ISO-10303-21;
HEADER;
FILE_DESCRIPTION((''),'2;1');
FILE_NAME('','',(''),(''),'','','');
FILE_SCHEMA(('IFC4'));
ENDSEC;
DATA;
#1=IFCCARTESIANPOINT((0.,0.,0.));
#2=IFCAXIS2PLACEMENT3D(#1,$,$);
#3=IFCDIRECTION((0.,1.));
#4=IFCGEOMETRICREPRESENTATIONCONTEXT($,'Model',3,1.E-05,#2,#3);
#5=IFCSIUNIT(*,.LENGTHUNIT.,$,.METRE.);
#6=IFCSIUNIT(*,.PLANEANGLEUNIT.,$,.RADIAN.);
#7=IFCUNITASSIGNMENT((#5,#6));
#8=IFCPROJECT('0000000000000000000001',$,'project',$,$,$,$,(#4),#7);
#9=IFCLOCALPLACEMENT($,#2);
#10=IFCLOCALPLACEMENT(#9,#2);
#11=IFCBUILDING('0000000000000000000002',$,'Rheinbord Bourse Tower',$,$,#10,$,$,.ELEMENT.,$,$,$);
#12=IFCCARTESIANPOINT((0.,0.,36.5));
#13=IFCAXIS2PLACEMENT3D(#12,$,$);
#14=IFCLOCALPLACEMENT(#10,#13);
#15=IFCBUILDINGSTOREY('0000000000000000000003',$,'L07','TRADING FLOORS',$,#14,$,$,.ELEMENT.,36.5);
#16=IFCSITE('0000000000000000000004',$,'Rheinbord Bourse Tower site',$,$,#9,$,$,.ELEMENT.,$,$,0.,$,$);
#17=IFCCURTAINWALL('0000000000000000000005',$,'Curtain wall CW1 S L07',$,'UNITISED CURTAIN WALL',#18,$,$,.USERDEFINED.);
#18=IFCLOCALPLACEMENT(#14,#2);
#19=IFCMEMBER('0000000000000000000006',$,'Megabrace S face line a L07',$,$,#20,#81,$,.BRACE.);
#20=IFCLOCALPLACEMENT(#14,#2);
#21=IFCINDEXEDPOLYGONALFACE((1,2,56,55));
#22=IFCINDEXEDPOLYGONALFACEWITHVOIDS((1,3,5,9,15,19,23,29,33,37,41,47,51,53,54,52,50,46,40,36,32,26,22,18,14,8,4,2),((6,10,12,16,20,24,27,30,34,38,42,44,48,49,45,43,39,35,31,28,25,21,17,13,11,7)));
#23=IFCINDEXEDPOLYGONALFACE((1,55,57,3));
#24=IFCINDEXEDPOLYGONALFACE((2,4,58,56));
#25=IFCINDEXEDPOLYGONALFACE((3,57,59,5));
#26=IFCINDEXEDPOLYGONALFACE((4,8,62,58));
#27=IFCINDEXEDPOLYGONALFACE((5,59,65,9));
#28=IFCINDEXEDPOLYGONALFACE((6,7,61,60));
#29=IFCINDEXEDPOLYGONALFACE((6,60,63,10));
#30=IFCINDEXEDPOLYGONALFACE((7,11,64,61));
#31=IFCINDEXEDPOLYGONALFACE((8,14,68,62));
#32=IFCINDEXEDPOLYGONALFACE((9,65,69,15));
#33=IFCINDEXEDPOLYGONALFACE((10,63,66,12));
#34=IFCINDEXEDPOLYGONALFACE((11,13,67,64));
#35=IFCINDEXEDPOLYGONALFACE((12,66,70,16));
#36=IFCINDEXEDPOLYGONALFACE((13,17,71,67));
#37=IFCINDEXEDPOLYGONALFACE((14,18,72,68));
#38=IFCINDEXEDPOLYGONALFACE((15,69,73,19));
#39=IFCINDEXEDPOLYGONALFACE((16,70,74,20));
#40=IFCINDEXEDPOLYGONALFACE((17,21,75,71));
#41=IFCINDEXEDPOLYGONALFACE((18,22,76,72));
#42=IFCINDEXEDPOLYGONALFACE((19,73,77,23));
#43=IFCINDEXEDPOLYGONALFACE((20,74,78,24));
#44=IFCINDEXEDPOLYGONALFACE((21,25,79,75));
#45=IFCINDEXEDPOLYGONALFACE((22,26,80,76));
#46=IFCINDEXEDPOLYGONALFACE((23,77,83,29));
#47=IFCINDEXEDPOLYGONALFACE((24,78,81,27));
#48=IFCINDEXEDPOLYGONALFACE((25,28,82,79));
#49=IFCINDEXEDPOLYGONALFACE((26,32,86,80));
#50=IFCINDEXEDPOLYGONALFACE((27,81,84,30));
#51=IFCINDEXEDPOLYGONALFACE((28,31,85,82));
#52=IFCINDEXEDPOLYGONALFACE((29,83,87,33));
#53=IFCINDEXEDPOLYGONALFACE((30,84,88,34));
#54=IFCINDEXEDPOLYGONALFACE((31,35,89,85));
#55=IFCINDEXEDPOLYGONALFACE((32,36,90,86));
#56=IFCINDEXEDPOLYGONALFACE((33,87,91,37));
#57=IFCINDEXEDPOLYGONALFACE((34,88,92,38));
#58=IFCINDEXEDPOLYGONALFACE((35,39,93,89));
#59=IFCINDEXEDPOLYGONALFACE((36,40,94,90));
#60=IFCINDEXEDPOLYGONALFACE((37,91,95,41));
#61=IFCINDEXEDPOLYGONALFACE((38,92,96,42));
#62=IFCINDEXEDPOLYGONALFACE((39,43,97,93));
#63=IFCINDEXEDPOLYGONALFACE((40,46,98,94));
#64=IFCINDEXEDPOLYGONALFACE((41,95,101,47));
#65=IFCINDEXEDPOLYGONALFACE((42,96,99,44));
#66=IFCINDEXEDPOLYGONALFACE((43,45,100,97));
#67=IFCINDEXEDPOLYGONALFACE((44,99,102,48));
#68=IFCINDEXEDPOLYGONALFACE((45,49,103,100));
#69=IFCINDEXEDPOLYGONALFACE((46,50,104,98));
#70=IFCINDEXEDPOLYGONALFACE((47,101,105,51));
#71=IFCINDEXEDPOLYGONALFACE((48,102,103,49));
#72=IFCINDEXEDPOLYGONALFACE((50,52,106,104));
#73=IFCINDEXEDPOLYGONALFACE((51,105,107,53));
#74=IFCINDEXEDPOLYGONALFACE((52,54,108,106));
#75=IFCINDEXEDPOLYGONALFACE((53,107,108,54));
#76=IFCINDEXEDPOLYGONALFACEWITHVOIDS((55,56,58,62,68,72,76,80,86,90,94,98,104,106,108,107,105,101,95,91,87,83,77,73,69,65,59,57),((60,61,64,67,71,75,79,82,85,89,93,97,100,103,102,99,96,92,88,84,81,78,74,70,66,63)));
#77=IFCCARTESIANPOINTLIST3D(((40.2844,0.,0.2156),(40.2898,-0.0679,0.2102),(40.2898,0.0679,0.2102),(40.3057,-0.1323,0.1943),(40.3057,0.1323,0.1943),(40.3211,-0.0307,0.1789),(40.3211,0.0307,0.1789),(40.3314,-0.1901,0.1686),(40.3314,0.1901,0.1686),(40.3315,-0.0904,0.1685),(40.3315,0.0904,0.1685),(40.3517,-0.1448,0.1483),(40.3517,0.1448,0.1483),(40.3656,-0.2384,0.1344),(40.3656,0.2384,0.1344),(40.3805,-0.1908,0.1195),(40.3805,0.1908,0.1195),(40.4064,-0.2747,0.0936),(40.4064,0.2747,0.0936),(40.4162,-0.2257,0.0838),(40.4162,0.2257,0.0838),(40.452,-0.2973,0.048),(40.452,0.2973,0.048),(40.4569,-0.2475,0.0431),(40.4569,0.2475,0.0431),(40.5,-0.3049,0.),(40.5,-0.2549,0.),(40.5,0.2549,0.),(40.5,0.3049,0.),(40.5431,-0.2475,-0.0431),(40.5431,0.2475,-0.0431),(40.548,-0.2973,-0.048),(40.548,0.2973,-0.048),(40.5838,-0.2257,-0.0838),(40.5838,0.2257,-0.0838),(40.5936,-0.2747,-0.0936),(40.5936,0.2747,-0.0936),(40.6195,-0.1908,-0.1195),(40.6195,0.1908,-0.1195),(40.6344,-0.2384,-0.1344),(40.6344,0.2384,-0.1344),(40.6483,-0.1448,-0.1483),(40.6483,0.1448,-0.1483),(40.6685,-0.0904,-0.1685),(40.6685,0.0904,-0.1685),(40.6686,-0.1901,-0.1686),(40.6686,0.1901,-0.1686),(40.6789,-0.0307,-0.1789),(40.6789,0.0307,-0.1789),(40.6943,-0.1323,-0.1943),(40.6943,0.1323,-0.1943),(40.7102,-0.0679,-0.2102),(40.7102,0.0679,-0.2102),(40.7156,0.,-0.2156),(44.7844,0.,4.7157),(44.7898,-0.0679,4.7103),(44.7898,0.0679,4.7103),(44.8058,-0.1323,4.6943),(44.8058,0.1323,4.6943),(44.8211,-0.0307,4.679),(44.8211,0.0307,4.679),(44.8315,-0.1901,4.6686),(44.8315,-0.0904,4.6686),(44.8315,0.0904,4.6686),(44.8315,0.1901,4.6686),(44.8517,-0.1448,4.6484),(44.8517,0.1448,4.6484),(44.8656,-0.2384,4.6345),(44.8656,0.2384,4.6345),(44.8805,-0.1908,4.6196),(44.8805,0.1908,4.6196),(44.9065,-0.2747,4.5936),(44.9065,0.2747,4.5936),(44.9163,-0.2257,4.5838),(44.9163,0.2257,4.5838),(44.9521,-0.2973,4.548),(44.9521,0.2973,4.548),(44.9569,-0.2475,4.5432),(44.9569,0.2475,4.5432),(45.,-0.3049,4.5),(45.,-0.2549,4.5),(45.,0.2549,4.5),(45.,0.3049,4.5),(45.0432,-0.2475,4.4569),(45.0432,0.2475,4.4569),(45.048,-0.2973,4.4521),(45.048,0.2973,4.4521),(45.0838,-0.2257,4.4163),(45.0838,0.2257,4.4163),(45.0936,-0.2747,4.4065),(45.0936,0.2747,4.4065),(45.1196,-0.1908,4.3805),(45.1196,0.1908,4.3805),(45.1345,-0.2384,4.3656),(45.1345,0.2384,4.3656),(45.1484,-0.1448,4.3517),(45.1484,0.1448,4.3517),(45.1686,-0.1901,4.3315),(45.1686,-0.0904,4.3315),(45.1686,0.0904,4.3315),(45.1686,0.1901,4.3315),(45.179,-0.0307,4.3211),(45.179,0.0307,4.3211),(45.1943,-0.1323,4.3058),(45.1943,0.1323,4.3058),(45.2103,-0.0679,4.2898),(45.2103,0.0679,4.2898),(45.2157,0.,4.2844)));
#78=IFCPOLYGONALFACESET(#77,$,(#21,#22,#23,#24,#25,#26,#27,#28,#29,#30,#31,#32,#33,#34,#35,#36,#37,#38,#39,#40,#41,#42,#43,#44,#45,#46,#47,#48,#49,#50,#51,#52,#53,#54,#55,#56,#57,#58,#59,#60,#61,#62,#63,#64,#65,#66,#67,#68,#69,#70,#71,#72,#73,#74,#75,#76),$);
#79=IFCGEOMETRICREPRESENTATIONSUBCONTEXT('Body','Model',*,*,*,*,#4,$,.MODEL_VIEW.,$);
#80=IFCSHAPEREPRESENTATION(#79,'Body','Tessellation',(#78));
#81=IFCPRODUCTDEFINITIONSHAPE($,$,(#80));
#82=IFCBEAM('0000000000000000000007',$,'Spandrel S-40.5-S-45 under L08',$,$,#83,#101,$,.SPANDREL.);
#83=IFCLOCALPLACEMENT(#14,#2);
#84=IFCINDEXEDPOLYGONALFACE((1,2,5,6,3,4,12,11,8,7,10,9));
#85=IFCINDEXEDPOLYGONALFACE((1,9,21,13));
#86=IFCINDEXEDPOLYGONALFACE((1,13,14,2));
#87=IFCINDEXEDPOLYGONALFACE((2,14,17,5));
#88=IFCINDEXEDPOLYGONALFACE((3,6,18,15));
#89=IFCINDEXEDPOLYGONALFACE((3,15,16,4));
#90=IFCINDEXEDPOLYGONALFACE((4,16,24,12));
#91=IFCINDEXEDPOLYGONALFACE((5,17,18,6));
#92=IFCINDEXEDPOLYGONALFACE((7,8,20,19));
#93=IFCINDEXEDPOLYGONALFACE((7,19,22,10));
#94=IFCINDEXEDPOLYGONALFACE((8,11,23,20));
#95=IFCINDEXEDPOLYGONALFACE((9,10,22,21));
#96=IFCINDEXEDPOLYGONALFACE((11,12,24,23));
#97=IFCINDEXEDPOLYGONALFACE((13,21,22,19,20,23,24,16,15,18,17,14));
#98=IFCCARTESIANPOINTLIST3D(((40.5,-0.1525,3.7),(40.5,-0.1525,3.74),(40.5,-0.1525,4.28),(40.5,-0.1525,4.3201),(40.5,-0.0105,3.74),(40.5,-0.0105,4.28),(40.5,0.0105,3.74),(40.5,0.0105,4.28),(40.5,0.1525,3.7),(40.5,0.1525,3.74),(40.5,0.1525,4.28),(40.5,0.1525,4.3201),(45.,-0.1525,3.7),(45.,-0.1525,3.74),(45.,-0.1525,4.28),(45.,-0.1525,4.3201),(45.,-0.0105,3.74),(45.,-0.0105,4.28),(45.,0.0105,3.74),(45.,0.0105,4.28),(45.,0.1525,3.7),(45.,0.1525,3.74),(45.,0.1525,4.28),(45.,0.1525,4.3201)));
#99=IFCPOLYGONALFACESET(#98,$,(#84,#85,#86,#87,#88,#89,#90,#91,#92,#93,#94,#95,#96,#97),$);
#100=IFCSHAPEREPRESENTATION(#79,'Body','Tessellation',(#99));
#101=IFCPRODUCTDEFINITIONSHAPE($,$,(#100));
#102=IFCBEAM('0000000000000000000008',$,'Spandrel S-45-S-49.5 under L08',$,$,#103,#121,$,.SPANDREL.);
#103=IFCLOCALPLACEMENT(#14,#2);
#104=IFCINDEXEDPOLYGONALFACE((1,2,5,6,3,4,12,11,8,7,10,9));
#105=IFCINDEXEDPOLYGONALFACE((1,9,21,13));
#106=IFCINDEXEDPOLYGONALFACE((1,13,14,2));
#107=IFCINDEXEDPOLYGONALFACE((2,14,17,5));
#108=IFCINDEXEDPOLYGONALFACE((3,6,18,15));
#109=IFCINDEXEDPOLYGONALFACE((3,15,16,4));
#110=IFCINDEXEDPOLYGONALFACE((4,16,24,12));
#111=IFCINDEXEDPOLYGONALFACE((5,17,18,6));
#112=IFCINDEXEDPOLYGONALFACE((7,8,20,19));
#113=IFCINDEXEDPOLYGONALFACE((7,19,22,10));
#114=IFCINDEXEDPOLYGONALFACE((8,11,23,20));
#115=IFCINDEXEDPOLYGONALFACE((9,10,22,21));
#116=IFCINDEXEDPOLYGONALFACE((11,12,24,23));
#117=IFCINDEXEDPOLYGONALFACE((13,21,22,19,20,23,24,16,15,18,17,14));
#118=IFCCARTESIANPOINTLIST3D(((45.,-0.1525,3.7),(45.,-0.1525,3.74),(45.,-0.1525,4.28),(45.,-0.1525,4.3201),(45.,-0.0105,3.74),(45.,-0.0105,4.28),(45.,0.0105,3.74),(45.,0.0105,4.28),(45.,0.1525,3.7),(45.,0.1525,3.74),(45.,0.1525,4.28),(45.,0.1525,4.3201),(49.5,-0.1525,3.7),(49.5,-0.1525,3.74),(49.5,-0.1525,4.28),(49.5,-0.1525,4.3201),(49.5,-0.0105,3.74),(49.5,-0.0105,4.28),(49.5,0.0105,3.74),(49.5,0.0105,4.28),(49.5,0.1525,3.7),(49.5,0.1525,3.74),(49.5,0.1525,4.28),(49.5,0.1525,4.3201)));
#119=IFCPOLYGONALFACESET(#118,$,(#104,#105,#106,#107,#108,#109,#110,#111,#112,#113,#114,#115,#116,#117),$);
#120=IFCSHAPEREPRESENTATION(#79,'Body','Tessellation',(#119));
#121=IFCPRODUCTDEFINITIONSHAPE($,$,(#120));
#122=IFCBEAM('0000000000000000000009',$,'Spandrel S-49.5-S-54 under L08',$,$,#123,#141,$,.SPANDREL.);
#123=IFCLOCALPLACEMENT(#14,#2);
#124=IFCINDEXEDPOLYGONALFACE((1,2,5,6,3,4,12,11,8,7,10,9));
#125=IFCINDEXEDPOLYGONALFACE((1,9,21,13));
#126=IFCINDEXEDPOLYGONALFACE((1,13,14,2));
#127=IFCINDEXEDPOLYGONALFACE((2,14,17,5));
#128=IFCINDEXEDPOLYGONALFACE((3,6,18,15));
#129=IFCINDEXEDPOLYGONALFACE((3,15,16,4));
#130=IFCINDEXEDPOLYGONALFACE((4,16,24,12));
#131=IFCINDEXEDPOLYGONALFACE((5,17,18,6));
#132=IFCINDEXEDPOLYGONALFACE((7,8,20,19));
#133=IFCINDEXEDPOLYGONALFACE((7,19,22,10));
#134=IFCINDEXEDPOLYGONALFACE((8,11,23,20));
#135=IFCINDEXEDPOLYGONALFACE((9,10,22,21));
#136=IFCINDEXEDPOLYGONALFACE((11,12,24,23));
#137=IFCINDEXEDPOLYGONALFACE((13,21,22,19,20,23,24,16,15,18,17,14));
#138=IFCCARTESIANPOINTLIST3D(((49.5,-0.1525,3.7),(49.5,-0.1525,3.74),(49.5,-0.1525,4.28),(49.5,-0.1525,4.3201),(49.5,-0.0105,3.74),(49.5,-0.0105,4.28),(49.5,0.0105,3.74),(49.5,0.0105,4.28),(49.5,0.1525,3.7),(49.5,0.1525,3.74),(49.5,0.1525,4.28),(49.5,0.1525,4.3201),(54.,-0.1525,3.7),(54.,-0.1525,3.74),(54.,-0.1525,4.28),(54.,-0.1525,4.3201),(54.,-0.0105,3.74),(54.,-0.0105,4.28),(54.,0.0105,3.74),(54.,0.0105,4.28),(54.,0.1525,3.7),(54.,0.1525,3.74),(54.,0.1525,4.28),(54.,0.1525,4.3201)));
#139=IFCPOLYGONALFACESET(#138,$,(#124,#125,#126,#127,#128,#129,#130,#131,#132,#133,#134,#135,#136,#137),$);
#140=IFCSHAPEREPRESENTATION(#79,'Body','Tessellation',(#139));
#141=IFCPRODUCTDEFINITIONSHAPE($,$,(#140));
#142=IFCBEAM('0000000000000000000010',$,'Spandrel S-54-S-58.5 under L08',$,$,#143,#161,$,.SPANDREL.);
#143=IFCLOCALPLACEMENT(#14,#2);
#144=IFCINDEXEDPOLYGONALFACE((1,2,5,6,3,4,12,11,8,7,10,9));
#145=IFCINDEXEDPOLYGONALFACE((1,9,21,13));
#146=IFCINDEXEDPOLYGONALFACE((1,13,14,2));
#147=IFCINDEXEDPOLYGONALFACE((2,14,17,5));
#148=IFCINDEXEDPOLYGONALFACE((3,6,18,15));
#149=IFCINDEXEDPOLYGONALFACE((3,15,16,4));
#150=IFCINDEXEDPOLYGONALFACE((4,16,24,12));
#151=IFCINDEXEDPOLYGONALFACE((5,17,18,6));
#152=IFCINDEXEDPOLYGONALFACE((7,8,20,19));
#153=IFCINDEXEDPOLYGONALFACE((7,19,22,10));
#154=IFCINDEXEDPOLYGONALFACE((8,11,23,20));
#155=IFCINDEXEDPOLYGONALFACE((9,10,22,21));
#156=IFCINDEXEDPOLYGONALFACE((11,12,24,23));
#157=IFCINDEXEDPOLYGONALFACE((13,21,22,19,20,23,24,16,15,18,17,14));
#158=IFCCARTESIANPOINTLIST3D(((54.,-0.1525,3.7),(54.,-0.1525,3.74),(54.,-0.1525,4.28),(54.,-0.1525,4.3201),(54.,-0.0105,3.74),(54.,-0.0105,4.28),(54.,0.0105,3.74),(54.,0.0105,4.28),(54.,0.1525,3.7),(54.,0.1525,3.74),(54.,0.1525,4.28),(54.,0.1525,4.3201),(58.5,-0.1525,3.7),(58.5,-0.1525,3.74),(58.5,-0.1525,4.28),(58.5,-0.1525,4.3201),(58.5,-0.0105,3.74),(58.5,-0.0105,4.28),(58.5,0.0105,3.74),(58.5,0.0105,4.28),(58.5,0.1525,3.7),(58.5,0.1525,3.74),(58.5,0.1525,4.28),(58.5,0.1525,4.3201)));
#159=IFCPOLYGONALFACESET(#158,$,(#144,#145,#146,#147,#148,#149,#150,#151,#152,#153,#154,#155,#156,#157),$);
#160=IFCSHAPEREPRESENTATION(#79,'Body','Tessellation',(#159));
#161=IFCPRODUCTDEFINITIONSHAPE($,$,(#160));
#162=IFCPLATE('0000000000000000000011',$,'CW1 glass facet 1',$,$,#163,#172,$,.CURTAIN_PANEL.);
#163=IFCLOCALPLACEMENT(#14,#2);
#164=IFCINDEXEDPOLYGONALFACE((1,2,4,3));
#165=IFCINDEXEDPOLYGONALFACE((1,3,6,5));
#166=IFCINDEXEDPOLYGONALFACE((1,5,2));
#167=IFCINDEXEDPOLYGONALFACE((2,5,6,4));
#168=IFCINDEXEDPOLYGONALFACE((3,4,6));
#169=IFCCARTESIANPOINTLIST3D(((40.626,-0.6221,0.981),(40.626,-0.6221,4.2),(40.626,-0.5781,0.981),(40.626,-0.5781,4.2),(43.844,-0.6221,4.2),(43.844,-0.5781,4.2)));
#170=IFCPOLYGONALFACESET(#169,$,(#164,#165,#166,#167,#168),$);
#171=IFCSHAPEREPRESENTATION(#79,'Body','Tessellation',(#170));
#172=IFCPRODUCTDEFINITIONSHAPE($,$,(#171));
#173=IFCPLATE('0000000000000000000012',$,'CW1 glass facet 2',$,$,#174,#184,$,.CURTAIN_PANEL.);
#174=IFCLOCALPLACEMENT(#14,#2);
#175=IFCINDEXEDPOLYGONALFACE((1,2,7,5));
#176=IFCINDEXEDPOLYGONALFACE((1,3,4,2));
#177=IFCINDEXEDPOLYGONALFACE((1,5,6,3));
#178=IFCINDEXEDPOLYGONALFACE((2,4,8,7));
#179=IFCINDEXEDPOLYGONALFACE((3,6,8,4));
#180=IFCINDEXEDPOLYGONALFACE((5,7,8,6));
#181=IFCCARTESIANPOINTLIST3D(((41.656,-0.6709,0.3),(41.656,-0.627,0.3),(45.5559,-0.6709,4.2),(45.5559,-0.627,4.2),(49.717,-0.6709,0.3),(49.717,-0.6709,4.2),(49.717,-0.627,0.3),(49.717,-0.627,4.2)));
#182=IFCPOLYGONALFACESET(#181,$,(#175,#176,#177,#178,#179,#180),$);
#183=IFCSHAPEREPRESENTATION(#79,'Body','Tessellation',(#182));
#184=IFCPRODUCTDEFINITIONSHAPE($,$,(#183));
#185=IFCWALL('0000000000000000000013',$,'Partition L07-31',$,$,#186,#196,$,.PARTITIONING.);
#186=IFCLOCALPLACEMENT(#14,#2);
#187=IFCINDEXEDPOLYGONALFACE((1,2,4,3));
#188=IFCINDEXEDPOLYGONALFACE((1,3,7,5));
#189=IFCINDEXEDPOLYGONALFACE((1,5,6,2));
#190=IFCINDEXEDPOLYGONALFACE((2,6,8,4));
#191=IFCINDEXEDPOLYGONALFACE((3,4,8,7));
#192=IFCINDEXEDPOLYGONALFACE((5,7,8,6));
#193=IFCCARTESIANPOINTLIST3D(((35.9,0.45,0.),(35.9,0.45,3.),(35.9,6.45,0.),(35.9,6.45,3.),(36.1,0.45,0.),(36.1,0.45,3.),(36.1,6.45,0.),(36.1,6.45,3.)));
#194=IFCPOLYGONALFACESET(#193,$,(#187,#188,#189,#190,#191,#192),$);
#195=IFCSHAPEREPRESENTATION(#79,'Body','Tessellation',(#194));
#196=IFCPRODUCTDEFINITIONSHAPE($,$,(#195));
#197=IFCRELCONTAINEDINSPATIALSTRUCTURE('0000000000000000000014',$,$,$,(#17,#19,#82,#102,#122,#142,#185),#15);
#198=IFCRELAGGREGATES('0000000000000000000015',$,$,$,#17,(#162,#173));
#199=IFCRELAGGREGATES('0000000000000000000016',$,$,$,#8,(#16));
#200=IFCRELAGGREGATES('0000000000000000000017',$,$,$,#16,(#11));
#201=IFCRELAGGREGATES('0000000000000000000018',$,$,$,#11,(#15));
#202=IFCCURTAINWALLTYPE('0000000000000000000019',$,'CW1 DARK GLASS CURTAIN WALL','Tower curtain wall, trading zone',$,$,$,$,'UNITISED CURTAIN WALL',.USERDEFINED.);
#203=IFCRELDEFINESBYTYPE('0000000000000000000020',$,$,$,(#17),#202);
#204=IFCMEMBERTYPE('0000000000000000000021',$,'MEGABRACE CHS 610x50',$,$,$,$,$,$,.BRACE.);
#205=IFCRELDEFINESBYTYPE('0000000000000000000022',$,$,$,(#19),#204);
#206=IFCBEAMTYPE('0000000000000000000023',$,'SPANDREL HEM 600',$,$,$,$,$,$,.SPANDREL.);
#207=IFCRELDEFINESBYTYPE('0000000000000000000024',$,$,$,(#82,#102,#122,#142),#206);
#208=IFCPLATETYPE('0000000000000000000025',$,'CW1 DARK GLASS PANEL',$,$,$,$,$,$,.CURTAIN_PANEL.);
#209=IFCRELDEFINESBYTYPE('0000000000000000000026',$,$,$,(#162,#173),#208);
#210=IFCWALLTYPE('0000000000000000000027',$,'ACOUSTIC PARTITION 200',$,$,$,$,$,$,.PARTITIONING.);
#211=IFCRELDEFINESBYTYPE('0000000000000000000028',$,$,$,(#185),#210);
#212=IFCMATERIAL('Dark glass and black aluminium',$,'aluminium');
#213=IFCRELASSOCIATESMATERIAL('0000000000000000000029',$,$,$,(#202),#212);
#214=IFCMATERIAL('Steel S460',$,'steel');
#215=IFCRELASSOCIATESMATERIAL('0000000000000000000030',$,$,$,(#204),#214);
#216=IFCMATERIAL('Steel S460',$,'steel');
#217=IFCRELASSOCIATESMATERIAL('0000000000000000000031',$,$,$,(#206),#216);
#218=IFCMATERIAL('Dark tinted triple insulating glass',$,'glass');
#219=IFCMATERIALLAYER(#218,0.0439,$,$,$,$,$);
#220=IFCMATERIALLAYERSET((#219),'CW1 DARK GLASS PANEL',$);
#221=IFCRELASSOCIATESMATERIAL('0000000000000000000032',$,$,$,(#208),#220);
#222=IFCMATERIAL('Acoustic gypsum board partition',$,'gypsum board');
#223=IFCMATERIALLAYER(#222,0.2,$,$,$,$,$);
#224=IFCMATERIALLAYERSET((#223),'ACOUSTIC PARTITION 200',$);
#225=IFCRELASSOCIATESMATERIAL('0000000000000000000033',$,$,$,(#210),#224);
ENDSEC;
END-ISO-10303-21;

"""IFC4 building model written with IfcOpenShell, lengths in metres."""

from ifc_helpers import new_model, si_unit, direction, frame, frame_2d, origin, origin_2d, place, context, subcontext, project, spatial, polyline, rectangle, hollow_circle, i_section, outline, extrude, material, layer, layer_set, material_profile, profile_set, type_object, element, aggregate, save


model = new_model("IFC4")

# Units and contexts
model_context = context("Model", 3, precision=1e-05, world=origin(), true_north=direction((0.0, 1.0)))
body_context = subcontext(model_context, "Body", "Model", "MODEL_VIEW")
ifc_project = project(units=[si_unit("LENGTHUNIT", "METRE"), si_unit("PLANEANGLEUNIT", "RADIAN")], contexts=[model_context])

# Site, building, storey
site_placement = place(None, origin())
site = spatial("IfcSite", under=ifc_project, at=site_placement, Name="Rheinbord Bourse Tower site", CompositionType="ELEMENT", RefElevation=0.0)
building_placement = place(site_placement, origin())
building = spatial("IfcBuilding", under=site, at=building_placement, Name="Rheinbord Bourse Tower", CompositionType="ELEMENT")
storey_placement = place(building_placement, frame((0.0, 0.0, 36.5)))
storey = spatial("IfcBuildingStorey", under=building, at=storey_placement, Name="L07", Description="TRADING FLOORS", CompositionType="ELEMENT", Elevation=36.5)

# Curtain wall
ifc_material_1 = material(Name="Dark glass and black aluminium", Category="aluminium")
curtain_wall_type = type_object("IfcCurtainWallType", Name="CW1 DARK GLASS CURTAIN WALL", Description="Tower curtain wall, trading zone", ElementType="UNITISED CURTAIN WALL", PredefinedType="USERDEFINED", material=ifc_material_1)
curtain_wall_placement = place(storey_placement, origin())
curtain_wall = element("IfcCurtainWall", 1, at=curtain_wall_placement, inside=storey, type_object=curtain_wall_type, Name="Curtain wall CW1 S L07", ObjectType="UNITISED CURTAIN WALL", PredefinedType="USERDEFINED")

# Member
ifc_material_2 = material(Name="Steel S460", Category="steel")
ifc_material_profile_1 = material_profile(ifc_material_2, hollow_circle(Radius=0.3049, WallThickness=0.05, at=origin_2d()), Name="CHS 610x50")
ifc_profile_set_1 = profile_set([ifc_material_profile_1], Name="Steel S460")
member_type_1 = type_object("IfcMemberType", Name="MEGABRACE CHS 610x50", PredefinedType="BRACE", material=ifc_profile_set_1)
member_1_placement = place(storey_placement, frame((40.5, 0.0, 0.0), z_axis=(0.707107, 0.0, 0.707107), x_axis=(0.0, 1.0, 0.0)))
element("IfcMember", 2, at=member_1_placement, inside=storey, type_object=member_type_1, Name="Megabrace S face line a L07", PredefinedType="BRACE", context=body_context, shape_type="SweptSolid", body=[
    extrude(hollow_circle(Radius=0.3049, WallThickness=0.05, at=origin_2d()), origin(), (0.0, 0.0, 1.0), 6.364),
])

# Beams
ifc_material_3 = material(Name="Steel S460", Category="steel")
ifc_material_profile_2 = material_profile(ifc_material_3, i_section(OverallWidth=0.3049, OverallDepth=0.6201, WebThickness=0.021, FlangeThickness=0.04, at=origin_2d()), Name="HEM 600")
ifc_profile_set_2 = profile_set([ifc_material_profile_2], Name="Steel S460")
beam_type_1 = type_object("IfcBeamType", Name="SPANDREL HEM 600", PredefinedType="SPANDREL", material=ifc_profile_set_2)
for number, where, z_axis, x_axis, name in (
    (3, (40.5, 0.0, 4.01), (1.0, 0.0, 0.0), (0.0, 1.0, 0.0), "Spandrel S-40.5-S-45 under L08"),
    (4, (45.0, 0.0, 4.01), (1.0, 0.0, 0.0), (0.0, 1.0, 0.0), "Spandrel S-45-S-49.5 under L08"),
    (5, (49.5, 0.0, 4.01), (1.0, 0.0, 0.0), (0.0, 1.0, 0.0), "Spandrel S-49.5-S-54 under L08"),
    (6, (54.0, 0.0, 4.01), (1.0, 0.0, 0.0), (0.0, 1.0, 0.0), "Spandrel S-54-S-58.5 under L08"),
):
    element("IfcBeam", number, at=place(storey_placement, frame(where, z_axis=z_axis, x_axis=x_axis)), inside=storey, type_object=beam_type_1, Name=name, PredefinedType="SPANDREL", context=body_context, shape_type="SweptSolid", body=[
        extrude(i_section(OverallWidth=0.3049, OverallDepth=0.6201, WebThickness=0.021, FlangeThickness=0.04, at=origin_2d()), origin(), (0.0, 0.0, 1.0), 4.5),
    ])

# Plates
ifc_material_4 = material(Name="Dark tinted triple insulating glass", Category="glass")
ifc_layer_1 = layer(ifc_material_4, 0.0439)
ifc_layer_set_1 = layer_set([ifc_layer_1], Name="CW1 DARK GLASS PANEL")
plate_type = type_object("IfcPlateType", Name="CW1 DARK GLASS PANEL", PredefinedType="CURTAIN_PANEL", material=ifc_layer_set_1)
plate_1_placement = place(storey_placement, frame((40.626, -0.6221, 4.2), z_axis=(0.0, 1.0, 0.0), x_axis=(1.0, 0.0, 0.0)))
plate_1 = element("IfcPlate", 7, at=plate_1_placement, type_object=plate_type, Name="CW1 glass facet 1", PredefinedType="CURTAIN_PANEL", context=body_context, shape_type="SweptSolid", body=[
    extrude(outline(polyline([(0.0, 0.0), (3.218, 0.0), (0.0, 3.219), (0.0, 0.0)])), origin(), (0.0, 0.0, 1.0), 0.0439),
])
plate_2_placement = place(storey_placement, frame((49.717, -0.6709, 4.2), z_axis=(0.0, 1.0, 0.0), x_axis=(0.0, 0.0, -1.0)))
plate_2 = element("IfcPlate", 8, at=plate_2_placement, type_object=plate_type, Name="CW1 glass facet 2", PredefinedType="CURTAIN_PANEL", context=body_context, shape_type="SweptSolid", body=[
    extrude(outline(polyline([(0.0, 0.0), (3.8999, 0.0), (3.8999, 8.061), (0.0, 4.1611), (0.0, 0.0)])), origin(), (0.0, 0.0, 1.0), 0.0439),
])
aggregate(curtain_wall, [plate_1, plate_2])

# Wall
ifc_material_5 = material(Name="Acoustic gypsum board partition", Category="gypsum board")
ifc_layer_2 = layer(ifc_material_5, 0.2)
ifc_layer_set_2 = layer_set([ifc_layer_2], Name="ACOUSTIC PARTITION 200")
wall_type_1 = type_object("IfcWallType", Name="ACOUSTIC PARTITION 200", PredefinedType="PARTITIONING", material=ifc_layer_set_2)
wall_1_placement = place(storey_placement, frame((36.0, 0.45, 0.0), z_axis=(0.0, 0.0, 1.0), x_axis=(0.0, 1.0, 0.0)))
element("IfcWall", 9, at=wall_1_placement, inside=storey, type_object=wall_type_1, Name="Partition L07-31", PredefinedType="PARTITIONING", context=body_context, shape_type="SweptSolid", body=[
    extrude(rectangle(XDim=6.0, YDim=0.2, at=frame_2d((3.0, 0.0))), origin(), (0.0, 0.0, 1.0), 3.0),
])

save(model, "model.ifc")
